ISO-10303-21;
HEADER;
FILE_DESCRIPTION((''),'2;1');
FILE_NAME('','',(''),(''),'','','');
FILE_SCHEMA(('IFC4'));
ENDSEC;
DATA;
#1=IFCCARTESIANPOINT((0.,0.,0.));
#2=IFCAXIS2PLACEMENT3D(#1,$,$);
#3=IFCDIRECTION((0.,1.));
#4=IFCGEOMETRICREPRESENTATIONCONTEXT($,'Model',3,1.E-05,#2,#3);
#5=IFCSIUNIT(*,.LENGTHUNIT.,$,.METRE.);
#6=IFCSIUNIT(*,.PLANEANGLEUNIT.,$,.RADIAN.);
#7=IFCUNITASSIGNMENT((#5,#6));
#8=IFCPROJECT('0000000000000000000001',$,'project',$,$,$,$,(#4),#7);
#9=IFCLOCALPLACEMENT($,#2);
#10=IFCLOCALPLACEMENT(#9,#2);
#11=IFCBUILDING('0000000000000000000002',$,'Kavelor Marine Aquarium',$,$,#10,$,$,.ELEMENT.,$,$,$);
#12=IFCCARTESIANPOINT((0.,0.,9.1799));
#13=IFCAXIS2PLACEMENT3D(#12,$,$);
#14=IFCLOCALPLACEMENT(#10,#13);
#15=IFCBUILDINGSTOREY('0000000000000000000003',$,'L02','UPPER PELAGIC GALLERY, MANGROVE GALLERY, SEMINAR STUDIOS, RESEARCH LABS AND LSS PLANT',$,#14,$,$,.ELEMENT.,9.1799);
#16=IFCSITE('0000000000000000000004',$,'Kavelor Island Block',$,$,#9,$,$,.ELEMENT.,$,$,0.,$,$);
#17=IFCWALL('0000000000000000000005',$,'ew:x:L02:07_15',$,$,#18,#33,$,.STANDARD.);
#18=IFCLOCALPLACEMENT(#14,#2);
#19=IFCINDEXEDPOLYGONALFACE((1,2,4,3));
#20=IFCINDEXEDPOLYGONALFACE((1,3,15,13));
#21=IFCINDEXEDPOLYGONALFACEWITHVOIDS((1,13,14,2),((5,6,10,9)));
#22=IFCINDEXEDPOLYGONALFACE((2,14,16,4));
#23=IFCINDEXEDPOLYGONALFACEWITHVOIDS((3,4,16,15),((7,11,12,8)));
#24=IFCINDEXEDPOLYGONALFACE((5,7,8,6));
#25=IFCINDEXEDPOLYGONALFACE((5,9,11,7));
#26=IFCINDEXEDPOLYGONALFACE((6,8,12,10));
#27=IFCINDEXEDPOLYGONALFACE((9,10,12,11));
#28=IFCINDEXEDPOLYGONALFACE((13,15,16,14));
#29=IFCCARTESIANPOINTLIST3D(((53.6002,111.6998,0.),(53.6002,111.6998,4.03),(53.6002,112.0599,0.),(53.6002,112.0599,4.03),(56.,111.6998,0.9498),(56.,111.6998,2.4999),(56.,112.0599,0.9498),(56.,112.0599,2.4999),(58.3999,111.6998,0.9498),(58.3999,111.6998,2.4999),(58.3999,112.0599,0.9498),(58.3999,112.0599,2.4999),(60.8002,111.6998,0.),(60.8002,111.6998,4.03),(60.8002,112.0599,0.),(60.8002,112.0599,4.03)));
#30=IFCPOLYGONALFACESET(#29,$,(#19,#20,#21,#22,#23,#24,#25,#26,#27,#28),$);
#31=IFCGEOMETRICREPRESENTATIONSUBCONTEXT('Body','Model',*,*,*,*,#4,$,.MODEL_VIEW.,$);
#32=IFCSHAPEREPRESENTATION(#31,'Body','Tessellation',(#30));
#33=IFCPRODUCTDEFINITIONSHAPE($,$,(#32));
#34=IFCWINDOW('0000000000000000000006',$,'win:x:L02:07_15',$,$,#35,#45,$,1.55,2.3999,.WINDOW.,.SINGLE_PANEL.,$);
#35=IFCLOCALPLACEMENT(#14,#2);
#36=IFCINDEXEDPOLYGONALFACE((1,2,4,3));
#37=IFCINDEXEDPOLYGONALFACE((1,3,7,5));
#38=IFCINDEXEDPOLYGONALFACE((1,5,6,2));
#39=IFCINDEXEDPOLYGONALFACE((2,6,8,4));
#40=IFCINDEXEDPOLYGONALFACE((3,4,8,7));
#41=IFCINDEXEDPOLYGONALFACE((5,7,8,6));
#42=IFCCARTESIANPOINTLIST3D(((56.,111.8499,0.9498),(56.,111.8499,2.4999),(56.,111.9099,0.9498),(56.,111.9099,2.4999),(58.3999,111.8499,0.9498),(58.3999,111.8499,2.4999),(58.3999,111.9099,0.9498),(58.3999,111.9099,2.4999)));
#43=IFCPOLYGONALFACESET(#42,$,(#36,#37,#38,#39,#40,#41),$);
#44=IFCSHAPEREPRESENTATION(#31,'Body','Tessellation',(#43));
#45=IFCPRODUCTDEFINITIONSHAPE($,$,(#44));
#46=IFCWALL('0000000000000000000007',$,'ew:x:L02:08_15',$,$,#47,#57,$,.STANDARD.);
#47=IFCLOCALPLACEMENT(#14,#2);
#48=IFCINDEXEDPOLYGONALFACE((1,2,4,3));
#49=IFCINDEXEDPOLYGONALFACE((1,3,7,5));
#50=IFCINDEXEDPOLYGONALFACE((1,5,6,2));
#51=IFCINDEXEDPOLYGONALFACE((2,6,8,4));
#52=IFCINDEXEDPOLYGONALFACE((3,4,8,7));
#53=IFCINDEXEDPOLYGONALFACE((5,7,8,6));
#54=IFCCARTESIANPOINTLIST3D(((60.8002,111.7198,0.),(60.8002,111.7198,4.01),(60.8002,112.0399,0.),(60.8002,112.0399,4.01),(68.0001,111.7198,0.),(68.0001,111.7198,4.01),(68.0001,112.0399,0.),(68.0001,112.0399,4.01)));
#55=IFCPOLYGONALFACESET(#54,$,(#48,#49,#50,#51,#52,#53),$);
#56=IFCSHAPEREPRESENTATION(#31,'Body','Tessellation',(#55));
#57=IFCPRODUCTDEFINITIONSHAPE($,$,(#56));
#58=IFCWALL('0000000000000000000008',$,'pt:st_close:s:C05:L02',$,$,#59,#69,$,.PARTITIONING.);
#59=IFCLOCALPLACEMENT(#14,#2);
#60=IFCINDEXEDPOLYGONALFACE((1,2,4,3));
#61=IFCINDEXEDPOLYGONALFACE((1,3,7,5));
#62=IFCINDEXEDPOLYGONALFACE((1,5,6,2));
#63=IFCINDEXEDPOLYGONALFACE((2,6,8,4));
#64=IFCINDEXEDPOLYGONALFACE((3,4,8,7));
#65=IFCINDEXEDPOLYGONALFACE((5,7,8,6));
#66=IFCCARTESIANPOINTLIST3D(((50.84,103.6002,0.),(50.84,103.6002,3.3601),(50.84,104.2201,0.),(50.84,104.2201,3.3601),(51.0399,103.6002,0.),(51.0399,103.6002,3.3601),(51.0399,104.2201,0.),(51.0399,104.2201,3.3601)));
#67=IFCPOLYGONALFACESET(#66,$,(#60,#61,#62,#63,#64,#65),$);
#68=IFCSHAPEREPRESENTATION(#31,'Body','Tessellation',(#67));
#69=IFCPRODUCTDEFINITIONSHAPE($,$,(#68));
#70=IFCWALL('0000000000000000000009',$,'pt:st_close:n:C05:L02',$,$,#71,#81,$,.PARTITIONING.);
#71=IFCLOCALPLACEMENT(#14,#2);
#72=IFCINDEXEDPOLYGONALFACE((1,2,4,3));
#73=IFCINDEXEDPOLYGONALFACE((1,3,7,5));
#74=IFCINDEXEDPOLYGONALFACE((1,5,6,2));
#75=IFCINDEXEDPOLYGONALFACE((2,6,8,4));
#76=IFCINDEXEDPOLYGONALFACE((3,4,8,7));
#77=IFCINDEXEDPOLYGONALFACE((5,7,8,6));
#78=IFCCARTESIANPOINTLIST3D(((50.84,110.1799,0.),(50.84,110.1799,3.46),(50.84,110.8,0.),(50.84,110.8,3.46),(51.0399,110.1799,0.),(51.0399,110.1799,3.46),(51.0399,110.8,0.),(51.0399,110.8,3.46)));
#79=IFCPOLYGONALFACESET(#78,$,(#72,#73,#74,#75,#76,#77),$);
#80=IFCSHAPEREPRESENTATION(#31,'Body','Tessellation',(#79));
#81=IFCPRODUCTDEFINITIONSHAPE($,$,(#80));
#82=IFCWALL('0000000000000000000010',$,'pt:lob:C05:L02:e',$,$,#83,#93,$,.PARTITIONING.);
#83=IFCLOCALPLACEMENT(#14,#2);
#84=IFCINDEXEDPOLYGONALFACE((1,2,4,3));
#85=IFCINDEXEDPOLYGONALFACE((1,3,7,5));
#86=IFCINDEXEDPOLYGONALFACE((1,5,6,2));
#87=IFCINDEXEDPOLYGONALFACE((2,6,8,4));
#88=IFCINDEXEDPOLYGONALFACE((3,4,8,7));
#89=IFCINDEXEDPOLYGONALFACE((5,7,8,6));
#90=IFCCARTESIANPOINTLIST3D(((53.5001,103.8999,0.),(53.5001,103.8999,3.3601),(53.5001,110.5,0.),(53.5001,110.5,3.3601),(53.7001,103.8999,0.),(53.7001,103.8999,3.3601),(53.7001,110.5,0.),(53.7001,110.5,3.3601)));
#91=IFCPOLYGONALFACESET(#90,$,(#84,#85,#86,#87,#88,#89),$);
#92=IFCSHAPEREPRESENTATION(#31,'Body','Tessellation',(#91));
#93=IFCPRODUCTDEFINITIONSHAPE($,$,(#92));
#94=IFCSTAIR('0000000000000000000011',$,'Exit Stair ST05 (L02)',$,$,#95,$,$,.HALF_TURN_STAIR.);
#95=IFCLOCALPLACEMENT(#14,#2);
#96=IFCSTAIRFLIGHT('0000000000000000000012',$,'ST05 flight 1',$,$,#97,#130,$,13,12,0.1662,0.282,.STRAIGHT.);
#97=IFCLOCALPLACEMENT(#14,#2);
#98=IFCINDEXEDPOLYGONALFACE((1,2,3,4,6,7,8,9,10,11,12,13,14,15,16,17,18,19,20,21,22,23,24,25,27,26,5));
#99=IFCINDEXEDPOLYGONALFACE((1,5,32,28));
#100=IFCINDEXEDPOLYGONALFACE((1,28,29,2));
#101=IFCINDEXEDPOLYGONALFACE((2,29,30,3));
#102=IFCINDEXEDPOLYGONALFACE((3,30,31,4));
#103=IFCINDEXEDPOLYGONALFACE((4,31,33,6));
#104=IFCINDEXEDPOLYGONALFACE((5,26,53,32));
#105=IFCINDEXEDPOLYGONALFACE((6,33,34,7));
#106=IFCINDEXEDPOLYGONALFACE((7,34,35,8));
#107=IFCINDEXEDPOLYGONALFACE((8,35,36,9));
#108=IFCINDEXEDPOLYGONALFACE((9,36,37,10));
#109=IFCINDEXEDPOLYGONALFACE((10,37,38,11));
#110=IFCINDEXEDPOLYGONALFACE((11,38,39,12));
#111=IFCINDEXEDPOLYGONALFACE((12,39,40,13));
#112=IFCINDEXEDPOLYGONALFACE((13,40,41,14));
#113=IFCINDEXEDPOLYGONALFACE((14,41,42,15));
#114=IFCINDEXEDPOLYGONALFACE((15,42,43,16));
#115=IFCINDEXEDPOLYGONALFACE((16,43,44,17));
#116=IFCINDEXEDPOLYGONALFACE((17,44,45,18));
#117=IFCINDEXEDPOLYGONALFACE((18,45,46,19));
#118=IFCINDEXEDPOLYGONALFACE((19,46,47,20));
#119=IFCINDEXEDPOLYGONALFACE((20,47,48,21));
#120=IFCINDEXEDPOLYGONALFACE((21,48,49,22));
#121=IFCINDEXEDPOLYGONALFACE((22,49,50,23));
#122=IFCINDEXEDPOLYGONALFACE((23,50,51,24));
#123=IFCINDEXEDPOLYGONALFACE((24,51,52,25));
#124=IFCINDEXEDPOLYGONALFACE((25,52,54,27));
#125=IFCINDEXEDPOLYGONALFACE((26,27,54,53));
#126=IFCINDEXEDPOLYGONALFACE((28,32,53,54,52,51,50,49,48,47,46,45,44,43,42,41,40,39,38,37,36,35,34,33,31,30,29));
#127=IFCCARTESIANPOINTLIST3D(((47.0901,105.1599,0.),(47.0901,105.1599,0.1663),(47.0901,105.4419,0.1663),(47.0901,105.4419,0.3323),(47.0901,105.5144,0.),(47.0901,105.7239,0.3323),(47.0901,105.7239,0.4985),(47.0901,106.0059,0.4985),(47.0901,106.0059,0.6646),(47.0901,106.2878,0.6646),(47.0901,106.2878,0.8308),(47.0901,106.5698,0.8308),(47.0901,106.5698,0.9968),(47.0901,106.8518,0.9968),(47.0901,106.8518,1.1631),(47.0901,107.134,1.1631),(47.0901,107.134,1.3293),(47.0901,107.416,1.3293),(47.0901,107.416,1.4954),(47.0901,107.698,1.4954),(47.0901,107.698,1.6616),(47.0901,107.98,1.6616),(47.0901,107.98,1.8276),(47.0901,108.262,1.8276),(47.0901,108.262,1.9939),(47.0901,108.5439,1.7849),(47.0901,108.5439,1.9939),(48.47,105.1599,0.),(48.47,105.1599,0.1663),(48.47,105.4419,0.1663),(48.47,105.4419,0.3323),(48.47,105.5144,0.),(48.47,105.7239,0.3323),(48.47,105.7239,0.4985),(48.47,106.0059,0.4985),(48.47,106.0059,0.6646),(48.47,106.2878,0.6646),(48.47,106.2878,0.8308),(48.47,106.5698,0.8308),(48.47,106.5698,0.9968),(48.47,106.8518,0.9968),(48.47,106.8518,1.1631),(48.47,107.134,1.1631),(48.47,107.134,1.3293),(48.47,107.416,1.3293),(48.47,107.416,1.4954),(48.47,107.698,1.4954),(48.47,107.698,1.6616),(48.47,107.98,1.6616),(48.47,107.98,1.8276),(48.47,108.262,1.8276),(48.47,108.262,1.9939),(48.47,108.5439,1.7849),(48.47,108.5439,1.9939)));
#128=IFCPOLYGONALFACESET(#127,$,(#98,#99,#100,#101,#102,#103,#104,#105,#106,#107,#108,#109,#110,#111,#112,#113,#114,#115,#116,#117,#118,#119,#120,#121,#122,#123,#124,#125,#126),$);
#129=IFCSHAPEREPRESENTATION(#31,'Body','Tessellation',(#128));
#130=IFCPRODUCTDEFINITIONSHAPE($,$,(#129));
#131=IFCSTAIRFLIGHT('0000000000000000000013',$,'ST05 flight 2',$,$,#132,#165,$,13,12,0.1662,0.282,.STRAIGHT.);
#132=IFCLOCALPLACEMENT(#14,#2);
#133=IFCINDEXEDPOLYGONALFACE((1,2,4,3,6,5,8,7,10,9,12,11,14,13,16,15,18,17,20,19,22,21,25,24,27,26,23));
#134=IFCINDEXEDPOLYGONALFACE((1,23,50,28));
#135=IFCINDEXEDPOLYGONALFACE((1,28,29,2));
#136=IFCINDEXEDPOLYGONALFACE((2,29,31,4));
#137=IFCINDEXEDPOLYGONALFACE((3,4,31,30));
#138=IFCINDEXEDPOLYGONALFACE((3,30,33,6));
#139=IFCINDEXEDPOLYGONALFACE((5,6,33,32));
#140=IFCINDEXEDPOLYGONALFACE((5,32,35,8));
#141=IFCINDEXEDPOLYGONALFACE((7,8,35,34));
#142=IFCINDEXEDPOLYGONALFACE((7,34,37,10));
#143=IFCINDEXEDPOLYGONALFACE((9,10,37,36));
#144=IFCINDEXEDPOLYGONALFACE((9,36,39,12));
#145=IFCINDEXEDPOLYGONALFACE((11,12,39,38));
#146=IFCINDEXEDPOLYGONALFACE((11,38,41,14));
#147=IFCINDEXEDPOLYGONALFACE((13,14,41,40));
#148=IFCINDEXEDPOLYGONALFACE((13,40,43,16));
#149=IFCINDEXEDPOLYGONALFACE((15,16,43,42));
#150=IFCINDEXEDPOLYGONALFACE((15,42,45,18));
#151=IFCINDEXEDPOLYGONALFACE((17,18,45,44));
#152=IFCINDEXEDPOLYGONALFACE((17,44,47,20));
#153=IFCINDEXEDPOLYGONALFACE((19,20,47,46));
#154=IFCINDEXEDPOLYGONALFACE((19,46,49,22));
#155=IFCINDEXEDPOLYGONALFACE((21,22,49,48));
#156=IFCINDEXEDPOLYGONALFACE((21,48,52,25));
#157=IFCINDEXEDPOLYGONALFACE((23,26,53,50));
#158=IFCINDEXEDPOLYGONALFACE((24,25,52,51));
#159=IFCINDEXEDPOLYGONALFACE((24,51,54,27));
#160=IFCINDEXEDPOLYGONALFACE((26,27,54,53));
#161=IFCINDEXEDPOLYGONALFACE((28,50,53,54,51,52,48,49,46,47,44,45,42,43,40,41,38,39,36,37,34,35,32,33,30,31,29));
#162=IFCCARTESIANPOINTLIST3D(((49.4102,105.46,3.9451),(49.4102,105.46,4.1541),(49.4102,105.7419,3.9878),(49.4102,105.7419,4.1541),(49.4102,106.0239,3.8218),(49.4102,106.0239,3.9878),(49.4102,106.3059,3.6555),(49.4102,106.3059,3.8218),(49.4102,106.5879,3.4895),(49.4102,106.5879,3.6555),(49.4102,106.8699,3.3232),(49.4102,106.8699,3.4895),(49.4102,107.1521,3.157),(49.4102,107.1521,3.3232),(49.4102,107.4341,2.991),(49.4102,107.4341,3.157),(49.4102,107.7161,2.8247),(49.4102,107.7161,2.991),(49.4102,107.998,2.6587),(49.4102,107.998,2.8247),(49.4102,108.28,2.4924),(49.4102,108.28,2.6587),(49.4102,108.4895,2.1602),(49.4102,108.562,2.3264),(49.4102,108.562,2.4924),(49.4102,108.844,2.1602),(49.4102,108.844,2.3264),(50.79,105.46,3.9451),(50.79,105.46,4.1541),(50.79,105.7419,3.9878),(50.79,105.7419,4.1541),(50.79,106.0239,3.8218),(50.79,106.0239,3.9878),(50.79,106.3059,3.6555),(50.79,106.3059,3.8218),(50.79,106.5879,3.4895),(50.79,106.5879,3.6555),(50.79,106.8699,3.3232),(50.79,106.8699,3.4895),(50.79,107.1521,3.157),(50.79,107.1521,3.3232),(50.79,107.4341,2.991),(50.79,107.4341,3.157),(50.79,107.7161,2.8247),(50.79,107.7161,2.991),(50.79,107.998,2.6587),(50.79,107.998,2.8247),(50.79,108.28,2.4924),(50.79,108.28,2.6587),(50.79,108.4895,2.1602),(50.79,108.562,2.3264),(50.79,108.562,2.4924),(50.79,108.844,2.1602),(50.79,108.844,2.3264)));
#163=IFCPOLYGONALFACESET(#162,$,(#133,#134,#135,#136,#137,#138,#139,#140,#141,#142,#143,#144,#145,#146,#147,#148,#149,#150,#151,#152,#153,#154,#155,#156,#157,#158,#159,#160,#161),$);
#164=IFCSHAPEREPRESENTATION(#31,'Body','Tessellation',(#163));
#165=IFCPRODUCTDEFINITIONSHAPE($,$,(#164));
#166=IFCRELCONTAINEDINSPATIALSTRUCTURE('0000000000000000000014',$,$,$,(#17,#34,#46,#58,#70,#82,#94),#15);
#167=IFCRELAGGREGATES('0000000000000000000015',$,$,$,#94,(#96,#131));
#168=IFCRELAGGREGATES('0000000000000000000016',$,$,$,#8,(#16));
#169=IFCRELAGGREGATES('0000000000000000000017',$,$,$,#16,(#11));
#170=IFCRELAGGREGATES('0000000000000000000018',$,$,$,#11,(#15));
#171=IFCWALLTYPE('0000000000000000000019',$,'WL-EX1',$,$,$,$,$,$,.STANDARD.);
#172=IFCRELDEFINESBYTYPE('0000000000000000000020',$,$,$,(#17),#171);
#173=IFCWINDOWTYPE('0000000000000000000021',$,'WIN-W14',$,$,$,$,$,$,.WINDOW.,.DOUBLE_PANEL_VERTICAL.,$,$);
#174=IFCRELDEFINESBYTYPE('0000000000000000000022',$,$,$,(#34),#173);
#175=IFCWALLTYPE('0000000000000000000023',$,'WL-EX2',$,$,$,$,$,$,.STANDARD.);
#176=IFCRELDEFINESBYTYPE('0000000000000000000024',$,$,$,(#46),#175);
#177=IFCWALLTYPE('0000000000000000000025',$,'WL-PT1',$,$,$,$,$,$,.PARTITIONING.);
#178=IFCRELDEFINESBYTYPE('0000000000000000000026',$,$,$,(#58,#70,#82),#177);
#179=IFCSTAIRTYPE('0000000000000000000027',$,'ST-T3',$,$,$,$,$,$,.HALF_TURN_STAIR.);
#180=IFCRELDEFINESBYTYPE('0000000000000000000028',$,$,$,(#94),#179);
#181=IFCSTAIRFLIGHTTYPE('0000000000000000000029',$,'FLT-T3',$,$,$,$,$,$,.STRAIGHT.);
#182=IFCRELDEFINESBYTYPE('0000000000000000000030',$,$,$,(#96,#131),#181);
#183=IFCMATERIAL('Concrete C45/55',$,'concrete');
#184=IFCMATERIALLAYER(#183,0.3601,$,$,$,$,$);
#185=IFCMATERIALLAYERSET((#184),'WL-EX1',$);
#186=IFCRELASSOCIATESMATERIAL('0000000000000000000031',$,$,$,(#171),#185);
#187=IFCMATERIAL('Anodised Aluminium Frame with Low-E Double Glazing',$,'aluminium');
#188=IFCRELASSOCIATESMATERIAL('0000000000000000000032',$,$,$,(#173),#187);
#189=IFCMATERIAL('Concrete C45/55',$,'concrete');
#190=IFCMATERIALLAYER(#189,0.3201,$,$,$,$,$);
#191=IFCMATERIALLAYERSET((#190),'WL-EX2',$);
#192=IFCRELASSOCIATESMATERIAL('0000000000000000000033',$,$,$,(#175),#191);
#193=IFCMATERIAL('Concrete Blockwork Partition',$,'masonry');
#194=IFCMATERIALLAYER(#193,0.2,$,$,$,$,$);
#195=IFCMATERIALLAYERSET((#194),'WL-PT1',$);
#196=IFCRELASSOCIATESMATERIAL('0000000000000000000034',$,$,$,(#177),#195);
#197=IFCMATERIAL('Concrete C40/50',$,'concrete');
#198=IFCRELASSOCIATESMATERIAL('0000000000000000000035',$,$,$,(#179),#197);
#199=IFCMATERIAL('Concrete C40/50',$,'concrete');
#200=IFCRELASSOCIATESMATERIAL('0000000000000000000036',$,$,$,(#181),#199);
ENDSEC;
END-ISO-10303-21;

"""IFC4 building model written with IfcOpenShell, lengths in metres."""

from ifc_helpers import new_model, si_unit, direction, frame, frame_2d, origin, place, context, subcontext, project, spatial, polyline, rectangle, outline, extrude, material, layer, layer_set, type_object, element, fill, aggregate, save


model = new_model("IFC4")

# Units and contexts
model_context = context("Model", 3, precision=1e-05, world=origin(), true_north=direction((0.0, 1.0)))
body_context = subcontext(model_context, "Body", "Model", "MODEL_VIEW")
ifc_project = project(units=[si_unit("LENGTHUNIT", "METRE"), si_unit("PLANEANGLEUNIT", "RADIAN")], contexts=[model_context])

# Site, building, storey
site_placement = place(None, origin())
site = spatial("IfcSite", under=ifc_project, at=site_placement, Name="Kavelor Island Block", CompositionType="ELEMENT", RefElevation=0.0)
building_placement = place(site_placement, origin())
building = spatial("IfcBuilding", under=site, at=building_placement, Name="Kavelor Marine Aquarium", CompositionType="ELEMENT")
storey_placement = place(building_placement, frame((0.0, 0.0, 9.1799)))
storey = spatial("IfcBuildingStorey", under=building, at=storey_placement, Name="L02", Description="UPPER PELAGIC GALLERY, MANGROVE GALLERY, SEMINAR STUDIOS, RESEARCH LABS AND LSS PLANT", CompositionType="ELEMENT", Elevation=9.1799)

# Wall, opening, window
ifc_material_1 = material(Name="Concrete C45/55", Category="concrete")
ifc_layer_1 = layer(ifc_material_1, 0.3601)
ifc_layer_set_1 = layer_set([ifc_layer_1], Name="WL-EX1")
wall_type_1 = type_object("IfcWallType", Name="WL-EX1", PredefinedType="STANDARD", material=ifc_layer_set_1)
wall_1_placement = place(storey_placement, frame((53.6001, 111.8799, 0.0), z_axis=(0.0, 0.0, 1.0), x_axis=(1.0, 0.0, 0.0)))
wall_1 = element("IfcWall", 1, at=wall_1_placement, inside=storey, type_object=wall_type_1, Name="ew:x:L02:07_15", PredefinedType="STANDARD", context=body_context, shape_type="SweptSolid", body=[
    extrude(rectangle(XDim=7.2, YDim=0.3601, at=frame_2d((3.6001, 0.0))), origin(), (0.0, 0.0, 1.0), 4.03),
])
opening_1_placement = place(wall_1_placement, frame((2.3999, 0.0, 0.95)))
opening_1 = element("IfcOpeningElement", 2, at=opening_1_placement, cuts=wall_1, PredefinedType="OPENING", context=body_context, shape_type="SweptSolid", body=[
    extrude(rectangle(XDim=2.3999, YDim=1.55, at=frame_2d((1.2, 0.7749))), frame((0.0, 0.1899, 0.0), z_axis=(0.0, -1.0, 0.0), x_axis=(1.0, 0.0, 0.0)), (0.0, 0.0, 1.0), 0.3801),
])
ifc_material_2 = material(Name="Anodised Aluminium Frame with Low-E Double Glazing", Category="aluminium")
window_type = type_object("IfcWindowType", Name="WIN-W14", PartitioningType="DOUBLE_PANEL_VERTICAL", PredefinedType="WINDOW", material=ifc_material_2)
window_placement = place(opening_1_placement, origin())
window = element("IfcWindow", 3, at=window_placement, inside=storey, type_object=window_type, Name="win:x:L02:07_15", OverallHeight=1.55, OverallWidth=2.3999, PartitioningType="SINGLE_PANEL", PredefinedType="WINDOW", context=body_context, shape_type="SweptSolid", body=[
    extrude(rectangle(XDim=2.3999, YDim=1.55, at=frame_2d((1.2, 0.7749))), frame((0.0, 0.03, 0.0), z_axis=(0.0, -1.0, 0.0), x_axis=(1.0, 0.0, 0.0)), (0.0, 0.0, 1.0), 0.0601),
])
fill(opening_1, window)

# Walls
ifc_material_3 = material(Name="Concrete C45/55", Category="concrete")
ifc_layer_2 = layer(ifc_material_3, 0.3201)
ifc_layer_set_2 = layer_set([ifc_layer_2], Name="WL-EX2")
wall_type_2 = type_object("IfcWallType", Name="WL-EX2", PredefinedType="STANDARD", material=ifc_layer_set_2)
wall_2_placement = place(storey_placement, frame((60.8, 111.8799, 0.0), z_axis=(0.0, 0.0, 1.0), x_axis=(1.0, 0.0, 0.0)))
element("IfcWall", 4, at=wall_2_placement, inside=storey, type_object=wall_type_2, Name="ew:x:L02:08_15", PredefinedType="STANDARD", context=body_context, shape_type="SweptSolid", body=[
    extrude(rectangle(XDim=7.2, YDim=0.3201, at=frame_2d((3.6001, 0.0))), origin(), (0.0, 0.0, 1.0), 4.01),
])
ifc_material_4 = material(Name="Concrete Blockwork Partition", Category="masonry")
ifc_layer_3 = layer(ifc_material_4, 0.2)
ifc_layer_set_3 = layer_set([ifc_layer_3], Name="WL-PT1")
wall_type_3 = type_object("IfcWallType", Name="WL-PT1", PredefinedType="PARTITIONING", material=ifc_layer_set_3)
wall_3_placement = place(storey_placement, frame((50.9399, 103.6001, 0.0), z_axis=(0.0, 0.0, 1.0), x_axis=(0.0, 1.0, 0.0)))
element("IfcWall", 5, at=wall_3_placement, inside=storey, type_object=wall_type_3, Name="pt:st_close:s:C05:L02", PredefinedType="PARTITIONING", context=body_context, shape_type="SweptSolid", body=[
    extrude(rectangle(XDim=0.6199, YDim=0.2, at=frame_2d((0.3101, 0.0))), origin(), (0.0, 0.0, 1.0), 3.3601),
])
wall_4_placement = place(storey_placement, frame((50.9399, 110.1799, 0.0), z_axis=(0.0, 0.0, 1.0), x_axis=(0.0, 1.0, 0.0)))
element("IfcWall", 6, at=wall_4_placement, inside=storey, type_object=wall_type_3, Name="pt:st_close:n:C05:L02", PredefinedType="PARTITIONING", context=body_context, shape_type="SweptSolid", body=[
    extrude(rectangle(XDim=0.6201, YDim=0.2, at=frame_2d((0.3101, 0.0))), origin(), (0.0, 0.0, 1.0), 3.46),
])
wall_5_placement = place(storey_placement, frame((53.6001, 103.8999, 0.0), z_axis=(0.0, 0.0, 1.0), x_axis=(0.0, 1.0, 0.0)))
element("IfcWall", 7, at=wall_5_placement, inside=storey, type_object=wall_type_3, Name="pt:lob:C05:L02:e", PredefinedType="PARTITIONING", context=body_context, shape_type="SweptSolid", body=[
    extrude(rectangle(XDim=6.6001, YDim=0.2, at=frame_2d((3.3, 0.0))), origin(), (0.0, 0.0, 1.0), 3.3601),
])

# Stair, stair flights
ifc_material_5 = material(Name="Concrete C40/50", Category="concrete")
stair_type = type_object("IfcStairType", Name="ST-T3", PredefinedType="HALF_TURN_STAIR", material=ifc_material_5)
stair_placement = place(storey_placement, origin())
stair = element("IfcStair", 8, at=stair_placement, inside=storey, type_object=stair_type, Name="Exit Stair ST05 (L02)", PredefinedType="HALF_TURN_STAIR")
ifc_material_6 = material(Name="Concrete C40/50", Category="concrete")
stair_flight_type = type_object("IfcStairFlightType", Name="FLT-T3", PredefinedType="STRAIGHT", material=ifc_material_6)
stair_flight_1_placement = place(storey_placement, frame((47.78, 105.1599, 0.0), z_axis=(0.0, 0.0, 1.0), x_axis=(0.0, 1.0, 0.0)))
stair_flight_1 = element("IfcStairFlight", 9, at=stair_flight_1_placement, type_object=stair_flight_type, Name="ST05 flight 1", NumberOfRisers=13, NumberOfTreads=12, PredefinedType="STRAIGHT", RiserHeight=0.1662, TreadLength=0.282, context=body_context, shape_type="SweptSolid", body=[
    extrude(outline(polyline([(0.0, 0.0), (0.0, 0.1663), (0.282, 0.1663), (0.282, 0.3323), (0.564, 0.3323), (0.564, 0.4985), (0.8459, 0.4985), (0.8459, 0.6646), (1.1279, 0.6646), (1.1279, 0.8308), (1.4099, 0.8308), (1.4099, 0.9968), (1.6919, 0.9968), (1.6919, 1.1631), (1.9741, 1.1631), (1.9741, 1.3293), (2.2561, 1.3293), (2.2561, 1.4954), (2.5381, 1.4954), (2.5381, 1.6616), (2.8201, 1.6616), (2.8201, 1.8276), (3.1021, 1.8276), (3.1021, 1.9939), (3.384, 1.9939), (3.384, 2.1599), (3.384, 1.7849), (0.3545, 0.0), (0.0, 0.0)])), frame((0.0, 0.6899, 0.0), z_axis=(0.0, -1.0, 0.0), x_axis=(1.0, 0.0, 0.0)), (0.0, 0.0, 1.0), 1.3799),
])
stair_flight_2_placement = place(storey_placement, frame((50.1001, 108.844, 2.1602), z_axis=(0.0, 0.0, 1.0), x_axis=(0.0, -1.0, 0.0)))
stair_flight_2 = element("IfcStairFlight", 10, at=stair_flight_2_placement, type_object=stair_flight_type, Name="ST05 flight 2", NumberOfRisers=13, NumberOfTreads=12, PredefinedType="STRAIGHT", RiserHeight=0.1662, TreadLength=0.282, context=body_context, shape_type="SweptSolid", body=[
    extrude(outline(polyline([(0.0, 0.0), (0.0, 0.1663), (0.282, 0.1663), (0.282, 0.3323), (0.564, 0.3323), (0.564, 0.4985), (0.8459, 0.4985), (0.8459, 0.6646), (1.1279, 0.6646), (1.1279, 0.8308), (1.4099, 0.8308), (1.4099, 0.9968), (1.6919, 0.9968), (1.6919, 1.1631), (1.9741, 1.1631), (1.9741, 1.3293), (2.2561, 1.3293), (2.2561, 1.4954), (2.5381, 1.4954), (2.5381, 1.6616), (2.8201, 1.6616), (2.8201, 1.8276), (3.1021, 1.8276), (3.1021, 1.9939), (3.384, 1.9939), (3.384, 2.1599), (3.384, 1.7849), (0.3545, 0.0), (0.0, 0.0)])), frame((0.0, 0.6899, 0.0), z_axis=(0.0, -1.0, 0.0), x_axis=(1.0, 0.0, 0.0)), (0.0, 0.0, 1.0), 1.3799),
])
aggregate(stair, [stair_flight_1, stair_flight_2])

save(model, "model.ifc")
